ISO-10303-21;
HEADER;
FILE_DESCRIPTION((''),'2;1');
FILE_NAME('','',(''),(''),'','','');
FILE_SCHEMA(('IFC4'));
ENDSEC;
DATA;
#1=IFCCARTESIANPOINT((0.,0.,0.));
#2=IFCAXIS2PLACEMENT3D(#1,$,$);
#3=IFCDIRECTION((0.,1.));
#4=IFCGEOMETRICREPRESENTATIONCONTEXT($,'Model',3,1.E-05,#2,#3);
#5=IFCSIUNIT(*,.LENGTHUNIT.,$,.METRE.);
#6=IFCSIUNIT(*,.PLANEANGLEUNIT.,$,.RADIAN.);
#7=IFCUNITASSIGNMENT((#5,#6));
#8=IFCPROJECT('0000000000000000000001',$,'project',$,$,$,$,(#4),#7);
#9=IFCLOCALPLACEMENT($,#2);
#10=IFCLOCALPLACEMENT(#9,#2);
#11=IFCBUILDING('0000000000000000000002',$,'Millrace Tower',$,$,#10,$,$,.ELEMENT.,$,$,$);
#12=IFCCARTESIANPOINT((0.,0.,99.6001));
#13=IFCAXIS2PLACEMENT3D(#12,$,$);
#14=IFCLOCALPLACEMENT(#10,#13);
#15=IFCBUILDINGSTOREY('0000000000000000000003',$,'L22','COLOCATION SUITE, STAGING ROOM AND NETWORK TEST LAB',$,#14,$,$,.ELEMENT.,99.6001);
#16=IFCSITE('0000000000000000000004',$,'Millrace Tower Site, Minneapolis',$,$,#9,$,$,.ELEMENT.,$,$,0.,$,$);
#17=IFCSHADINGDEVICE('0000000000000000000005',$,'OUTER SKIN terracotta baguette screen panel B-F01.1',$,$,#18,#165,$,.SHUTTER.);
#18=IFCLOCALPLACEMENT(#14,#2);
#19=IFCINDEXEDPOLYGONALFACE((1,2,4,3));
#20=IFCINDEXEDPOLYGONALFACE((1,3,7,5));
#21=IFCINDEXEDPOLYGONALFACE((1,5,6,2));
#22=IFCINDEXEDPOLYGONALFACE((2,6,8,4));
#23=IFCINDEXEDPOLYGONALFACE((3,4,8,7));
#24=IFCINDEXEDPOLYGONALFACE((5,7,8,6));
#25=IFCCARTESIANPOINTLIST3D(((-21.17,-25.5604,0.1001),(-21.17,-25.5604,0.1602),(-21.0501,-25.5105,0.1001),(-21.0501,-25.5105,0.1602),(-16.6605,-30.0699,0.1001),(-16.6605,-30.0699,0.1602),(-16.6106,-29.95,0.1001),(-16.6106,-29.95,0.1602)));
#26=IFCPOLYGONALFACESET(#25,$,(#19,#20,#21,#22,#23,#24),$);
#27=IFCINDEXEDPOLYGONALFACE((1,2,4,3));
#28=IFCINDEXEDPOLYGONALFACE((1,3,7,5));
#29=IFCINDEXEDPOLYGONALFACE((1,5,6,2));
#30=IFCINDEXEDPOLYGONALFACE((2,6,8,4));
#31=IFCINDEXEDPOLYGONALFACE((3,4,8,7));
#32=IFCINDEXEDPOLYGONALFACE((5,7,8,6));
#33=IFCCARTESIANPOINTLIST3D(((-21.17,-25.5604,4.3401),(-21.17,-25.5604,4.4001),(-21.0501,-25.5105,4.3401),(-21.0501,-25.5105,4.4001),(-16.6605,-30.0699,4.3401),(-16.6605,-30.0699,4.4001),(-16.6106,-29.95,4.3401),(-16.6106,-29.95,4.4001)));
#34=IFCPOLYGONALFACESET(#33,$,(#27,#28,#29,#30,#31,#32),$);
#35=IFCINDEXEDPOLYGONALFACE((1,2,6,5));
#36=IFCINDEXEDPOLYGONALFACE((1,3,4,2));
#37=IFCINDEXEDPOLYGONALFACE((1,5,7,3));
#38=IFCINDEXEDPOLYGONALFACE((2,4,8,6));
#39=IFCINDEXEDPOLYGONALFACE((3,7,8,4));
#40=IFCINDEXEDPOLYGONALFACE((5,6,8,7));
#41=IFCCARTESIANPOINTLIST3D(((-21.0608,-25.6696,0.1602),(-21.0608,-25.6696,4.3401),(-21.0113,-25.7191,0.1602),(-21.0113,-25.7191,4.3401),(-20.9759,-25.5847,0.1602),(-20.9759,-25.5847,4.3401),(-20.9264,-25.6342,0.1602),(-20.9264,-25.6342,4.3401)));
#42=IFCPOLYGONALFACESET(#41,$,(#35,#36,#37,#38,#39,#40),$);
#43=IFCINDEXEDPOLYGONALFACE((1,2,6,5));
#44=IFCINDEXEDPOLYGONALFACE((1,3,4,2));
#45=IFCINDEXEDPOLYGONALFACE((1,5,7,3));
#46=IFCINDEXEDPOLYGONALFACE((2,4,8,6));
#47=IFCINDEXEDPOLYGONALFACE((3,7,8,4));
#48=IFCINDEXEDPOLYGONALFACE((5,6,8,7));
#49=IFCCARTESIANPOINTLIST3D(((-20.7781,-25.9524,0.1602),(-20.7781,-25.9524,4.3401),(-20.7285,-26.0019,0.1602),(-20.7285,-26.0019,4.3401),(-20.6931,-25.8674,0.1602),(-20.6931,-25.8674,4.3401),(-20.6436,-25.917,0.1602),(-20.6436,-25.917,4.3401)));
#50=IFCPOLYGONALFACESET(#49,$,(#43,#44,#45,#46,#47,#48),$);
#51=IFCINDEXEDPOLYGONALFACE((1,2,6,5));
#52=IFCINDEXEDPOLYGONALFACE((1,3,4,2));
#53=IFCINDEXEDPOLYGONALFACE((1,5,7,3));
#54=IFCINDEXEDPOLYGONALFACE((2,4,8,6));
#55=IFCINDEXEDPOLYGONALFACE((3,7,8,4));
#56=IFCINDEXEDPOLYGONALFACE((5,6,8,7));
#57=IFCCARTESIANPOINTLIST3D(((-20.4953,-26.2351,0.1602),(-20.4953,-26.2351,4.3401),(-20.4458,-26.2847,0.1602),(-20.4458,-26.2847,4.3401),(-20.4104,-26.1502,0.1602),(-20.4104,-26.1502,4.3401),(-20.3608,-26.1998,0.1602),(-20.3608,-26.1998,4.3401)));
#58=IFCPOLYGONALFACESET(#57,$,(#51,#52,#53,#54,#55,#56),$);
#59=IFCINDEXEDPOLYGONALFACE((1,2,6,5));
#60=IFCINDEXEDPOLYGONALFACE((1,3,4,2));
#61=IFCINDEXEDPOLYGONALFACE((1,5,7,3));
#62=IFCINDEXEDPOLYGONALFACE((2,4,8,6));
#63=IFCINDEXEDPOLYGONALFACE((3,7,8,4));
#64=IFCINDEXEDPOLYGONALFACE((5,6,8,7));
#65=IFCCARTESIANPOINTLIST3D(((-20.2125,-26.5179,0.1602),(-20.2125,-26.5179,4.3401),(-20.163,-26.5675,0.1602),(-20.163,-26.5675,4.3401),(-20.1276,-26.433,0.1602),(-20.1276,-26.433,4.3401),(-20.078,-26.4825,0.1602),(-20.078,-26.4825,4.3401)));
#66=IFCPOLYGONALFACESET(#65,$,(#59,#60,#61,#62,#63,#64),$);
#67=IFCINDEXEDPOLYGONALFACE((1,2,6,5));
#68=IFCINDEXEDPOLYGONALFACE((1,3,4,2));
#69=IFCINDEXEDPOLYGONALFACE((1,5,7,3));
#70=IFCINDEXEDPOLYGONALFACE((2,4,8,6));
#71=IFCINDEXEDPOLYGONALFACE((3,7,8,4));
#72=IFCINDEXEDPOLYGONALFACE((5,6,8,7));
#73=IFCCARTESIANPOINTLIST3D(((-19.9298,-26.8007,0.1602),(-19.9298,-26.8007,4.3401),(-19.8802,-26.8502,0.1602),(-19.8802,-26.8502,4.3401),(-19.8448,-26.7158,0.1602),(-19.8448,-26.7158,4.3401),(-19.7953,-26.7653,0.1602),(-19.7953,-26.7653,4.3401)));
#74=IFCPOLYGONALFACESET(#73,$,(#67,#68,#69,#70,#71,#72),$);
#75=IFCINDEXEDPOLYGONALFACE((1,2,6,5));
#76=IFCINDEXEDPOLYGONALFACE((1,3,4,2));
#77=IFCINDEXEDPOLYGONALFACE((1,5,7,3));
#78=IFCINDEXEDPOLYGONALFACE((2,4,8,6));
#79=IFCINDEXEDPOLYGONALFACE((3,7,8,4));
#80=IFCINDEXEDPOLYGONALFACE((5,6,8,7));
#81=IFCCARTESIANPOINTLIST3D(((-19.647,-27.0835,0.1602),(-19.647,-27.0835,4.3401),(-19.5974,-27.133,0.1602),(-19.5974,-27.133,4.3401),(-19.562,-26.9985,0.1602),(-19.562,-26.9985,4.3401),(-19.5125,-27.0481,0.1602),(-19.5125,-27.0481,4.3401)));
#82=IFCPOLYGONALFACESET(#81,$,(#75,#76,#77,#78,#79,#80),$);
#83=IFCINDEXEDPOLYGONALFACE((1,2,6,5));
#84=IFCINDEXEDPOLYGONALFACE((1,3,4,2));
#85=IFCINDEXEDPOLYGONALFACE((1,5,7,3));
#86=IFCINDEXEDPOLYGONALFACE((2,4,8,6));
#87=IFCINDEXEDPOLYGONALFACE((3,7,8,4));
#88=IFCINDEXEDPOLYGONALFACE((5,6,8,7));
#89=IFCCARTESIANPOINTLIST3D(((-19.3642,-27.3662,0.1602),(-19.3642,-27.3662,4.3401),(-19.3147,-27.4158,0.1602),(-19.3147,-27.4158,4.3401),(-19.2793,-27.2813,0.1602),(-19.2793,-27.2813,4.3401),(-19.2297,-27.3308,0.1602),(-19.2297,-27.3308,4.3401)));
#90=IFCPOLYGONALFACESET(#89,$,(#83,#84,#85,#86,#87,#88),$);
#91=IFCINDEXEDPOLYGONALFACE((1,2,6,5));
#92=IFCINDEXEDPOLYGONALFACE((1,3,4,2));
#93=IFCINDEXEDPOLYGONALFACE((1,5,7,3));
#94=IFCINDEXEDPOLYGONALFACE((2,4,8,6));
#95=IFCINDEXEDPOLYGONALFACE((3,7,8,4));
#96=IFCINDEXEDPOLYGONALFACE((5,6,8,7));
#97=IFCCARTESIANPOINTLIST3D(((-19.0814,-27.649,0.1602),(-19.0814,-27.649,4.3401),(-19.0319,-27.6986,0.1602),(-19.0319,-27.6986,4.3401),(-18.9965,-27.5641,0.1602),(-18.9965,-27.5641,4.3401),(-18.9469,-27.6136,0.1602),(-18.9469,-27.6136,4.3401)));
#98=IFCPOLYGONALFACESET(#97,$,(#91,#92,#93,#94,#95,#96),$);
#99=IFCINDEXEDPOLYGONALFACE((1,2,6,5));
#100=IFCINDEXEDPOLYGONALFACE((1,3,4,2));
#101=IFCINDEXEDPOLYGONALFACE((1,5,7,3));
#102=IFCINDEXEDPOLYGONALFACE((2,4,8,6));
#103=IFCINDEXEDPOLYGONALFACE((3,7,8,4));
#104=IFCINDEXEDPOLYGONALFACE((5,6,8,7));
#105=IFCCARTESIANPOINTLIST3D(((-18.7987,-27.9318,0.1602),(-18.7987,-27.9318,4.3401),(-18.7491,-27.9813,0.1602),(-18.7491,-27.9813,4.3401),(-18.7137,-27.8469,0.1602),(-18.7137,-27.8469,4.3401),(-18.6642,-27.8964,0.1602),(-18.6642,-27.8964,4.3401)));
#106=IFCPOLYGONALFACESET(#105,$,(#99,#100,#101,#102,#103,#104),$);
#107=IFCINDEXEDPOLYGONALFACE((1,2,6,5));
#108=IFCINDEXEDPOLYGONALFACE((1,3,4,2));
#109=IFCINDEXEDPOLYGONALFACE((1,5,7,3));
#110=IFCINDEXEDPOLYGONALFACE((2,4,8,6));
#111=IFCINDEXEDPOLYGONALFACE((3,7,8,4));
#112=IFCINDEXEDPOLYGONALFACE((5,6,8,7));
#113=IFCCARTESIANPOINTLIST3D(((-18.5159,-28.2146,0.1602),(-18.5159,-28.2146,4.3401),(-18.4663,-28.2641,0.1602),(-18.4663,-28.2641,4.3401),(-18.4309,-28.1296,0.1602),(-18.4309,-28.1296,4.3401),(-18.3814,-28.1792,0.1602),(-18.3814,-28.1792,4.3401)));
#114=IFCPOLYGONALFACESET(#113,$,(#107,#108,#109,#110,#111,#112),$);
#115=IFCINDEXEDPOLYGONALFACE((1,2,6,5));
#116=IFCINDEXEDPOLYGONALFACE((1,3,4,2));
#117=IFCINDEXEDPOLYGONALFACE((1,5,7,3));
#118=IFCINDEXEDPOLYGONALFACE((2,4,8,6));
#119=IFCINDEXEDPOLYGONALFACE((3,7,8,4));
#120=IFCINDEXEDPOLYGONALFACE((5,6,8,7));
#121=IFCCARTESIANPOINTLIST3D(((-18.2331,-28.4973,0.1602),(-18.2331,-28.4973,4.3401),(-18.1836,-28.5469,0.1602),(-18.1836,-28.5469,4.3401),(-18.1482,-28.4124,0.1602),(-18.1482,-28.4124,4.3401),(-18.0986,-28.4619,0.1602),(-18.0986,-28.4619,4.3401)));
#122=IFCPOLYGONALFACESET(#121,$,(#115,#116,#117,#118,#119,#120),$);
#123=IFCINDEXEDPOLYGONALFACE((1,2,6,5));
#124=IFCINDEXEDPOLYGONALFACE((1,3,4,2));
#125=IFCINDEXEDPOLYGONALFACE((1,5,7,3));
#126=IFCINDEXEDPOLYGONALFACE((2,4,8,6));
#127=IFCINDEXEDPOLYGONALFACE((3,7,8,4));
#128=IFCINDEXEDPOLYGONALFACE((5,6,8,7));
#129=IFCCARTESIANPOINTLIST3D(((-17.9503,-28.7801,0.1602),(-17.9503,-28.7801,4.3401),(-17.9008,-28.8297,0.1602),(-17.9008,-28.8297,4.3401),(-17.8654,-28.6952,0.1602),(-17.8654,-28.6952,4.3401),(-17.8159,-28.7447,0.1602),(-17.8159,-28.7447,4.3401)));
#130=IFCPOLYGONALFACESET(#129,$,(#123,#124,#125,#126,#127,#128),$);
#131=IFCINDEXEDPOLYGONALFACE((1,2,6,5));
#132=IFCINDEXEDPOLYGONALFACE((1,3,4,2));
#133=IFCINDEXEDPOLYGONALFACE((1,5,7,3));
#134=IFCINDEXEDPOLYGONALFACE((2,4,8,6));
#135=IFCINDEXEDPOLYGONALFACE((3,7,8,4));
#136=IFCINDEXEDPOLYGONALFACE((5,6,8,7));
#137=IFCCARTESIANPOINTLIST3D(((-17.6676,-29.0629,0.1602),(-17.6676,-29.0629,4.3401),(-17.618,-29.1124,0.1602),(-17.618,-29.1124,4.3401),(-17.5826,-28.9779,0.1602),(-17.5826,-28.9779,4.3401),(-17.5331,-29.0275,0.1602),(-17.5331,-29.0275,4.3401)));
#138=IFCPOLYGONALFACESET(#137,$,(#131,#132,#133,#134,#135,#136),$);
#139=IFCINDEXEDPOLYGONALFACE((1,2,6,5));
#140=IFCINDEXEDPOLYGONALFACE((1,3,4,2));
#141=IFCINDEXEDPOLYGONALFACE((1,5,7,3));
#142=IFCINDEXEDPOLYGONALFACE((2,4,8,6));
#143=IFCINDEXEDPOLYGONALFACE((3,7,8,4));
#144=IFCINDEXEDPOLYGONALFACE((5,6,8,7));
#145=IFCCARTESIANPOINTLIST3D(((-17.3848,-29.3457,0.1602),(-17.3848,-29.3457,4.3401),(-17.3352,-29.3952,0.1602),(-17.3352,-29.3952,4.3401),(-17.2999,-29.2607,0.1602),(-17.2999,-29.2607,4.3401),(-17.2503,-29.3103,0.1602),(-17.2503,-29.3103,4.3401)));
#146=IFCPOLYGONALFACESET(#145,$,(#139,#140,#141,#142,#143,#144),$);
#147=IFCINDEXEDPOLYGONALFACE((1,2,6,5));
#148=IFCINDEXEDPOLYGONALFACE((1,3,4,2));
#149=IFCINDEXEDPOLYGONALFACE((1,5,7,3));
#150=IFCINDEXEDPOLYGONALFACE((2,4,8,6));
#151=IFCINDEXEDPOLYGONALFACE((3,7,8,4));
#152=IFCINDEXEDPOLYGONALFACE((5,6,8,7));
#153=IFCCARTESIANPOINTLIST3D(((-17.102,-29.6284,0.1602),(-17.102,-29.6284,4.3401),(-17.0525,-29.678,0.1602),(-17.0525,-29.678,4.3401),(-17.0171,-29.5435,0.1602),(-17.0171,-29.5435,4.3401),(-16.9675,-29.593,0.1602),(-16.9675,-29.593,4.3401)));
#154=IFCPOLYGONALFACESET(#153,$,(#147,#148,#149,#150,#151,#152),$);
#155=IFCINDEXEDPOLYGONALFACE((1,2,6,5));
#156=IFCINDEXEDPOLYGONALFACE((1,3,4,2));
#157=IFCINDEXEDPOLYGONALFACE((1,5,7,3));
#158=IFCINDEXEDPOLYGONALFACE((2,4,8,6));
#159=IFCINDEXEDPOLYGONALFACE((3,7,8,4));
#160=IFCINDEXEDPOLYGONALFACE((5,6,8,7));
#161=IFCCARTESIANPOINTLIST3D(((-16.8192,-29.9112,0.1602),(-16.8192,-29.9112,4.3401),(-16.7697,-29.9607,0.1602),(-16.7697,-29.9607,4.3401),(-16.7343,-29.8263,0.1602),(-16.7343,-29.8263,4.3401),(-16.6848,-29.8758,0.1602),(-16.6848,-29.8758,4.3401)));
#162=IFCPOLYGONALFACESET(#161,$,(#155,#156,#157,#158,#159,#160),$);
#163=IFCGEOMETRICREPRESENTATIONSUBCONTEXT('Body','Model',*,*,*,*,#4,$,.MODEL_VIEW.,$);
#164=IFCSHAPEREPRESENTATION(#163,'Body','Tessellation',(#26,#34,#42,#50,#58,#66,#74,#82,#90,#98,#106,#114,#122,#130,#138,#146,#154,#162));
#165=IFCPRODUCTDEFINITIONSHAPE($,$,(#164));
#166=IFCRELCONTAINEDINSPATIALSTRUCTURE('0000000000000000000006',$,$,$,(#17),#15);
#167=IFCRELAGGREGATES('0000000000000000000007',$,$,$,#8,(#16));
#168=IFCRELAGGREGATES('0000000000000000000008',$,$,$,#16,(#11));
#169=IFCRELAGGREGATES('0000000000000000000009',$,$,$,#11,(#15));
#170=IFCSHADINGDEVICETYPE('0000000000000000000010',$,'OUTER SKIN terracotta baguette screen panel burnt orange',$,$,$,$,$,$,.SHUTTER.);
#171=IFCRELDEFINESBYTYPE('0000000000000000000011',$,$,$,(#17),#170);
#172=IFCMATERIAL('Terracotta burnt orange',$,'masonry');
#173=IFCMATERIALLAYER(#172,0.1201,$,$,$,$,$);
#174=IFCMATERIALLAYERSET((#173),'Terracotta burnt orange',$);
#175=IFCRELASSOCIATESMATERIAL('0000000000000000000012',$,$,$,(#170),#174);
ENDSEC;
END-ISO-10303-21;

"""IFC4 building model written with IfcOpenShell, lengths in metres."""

from ifc_helpers import new_model, entity, si_unit, direction, frame, frame_2d, origin, place, context, subcontext, project, spatial, rectangle, extrude, source, transform, mapped, material, layer, layer_set, type_object, element, save


model = new_model("IFC4")

# Units and contexts
model_context = context("Model", 3, precision=1e-05, world=origin(), true_north=direction((0.0, 1.0)))
body_context = subcontext(model_context, "Body", "Model", "MODEL_VIEW")
ifc_project = project(units=[si_unit("LENGTHUNIT", "METRE"), si_unit("PLANEANGLEUNIT", "RADIAN")], contexts=[model_context])

# Site, building, storey
site_placement = place(None, origin())
site = spatial("IfcSite", under=ifc_project, at=site_placement, Name="Millrace Tower Site, Minneapolis", CompositionType="ELEMENT", RefElevation=0.0)
building_placement = place(site_placement, origin())
building = spatial("IfcBuilding", under=site, at=building_placement, Name="Millrace Tower", CompositionType="ELEMENT")
storey_placement = place(building_placement, frame((0.0, 0.0, 99.6001)))
storey = spatial("IfcBuildingStorey", under=building, at=storey_placement, Name="L22", Description="COLOCATION SUITE, STAGING ROOM AND NETWORK TEST LAB", CompositionType="ELEMENT", Elevation=99.6001)

# Shading device
ifc_material_1 = material(Name="Terracotta burnt orange", Category="masonry")
ifc_layer_1 = layer(ifc_material_1, 0.1201)
ifc_layer_set_1 = layer_set([ifc_layer_1], Name="Terracotta burnt orange")
shading_device_type = type_object("IfcShadingDeviceType", Name="OUTER SKIN terracotta baguette screen panel burnt orange", PredefinedType="SHUTTER", material=ifc_layer_set_1)
cartesian_point_1 = entity("IfcCartesianPoint", [-3.1392, 0.0601])
shared_polyline_1 = entity("IfcPolyline", [cartesian_point_1, entity("IfcCartesianPoint", [3.1392, 0.0601]), entity("IfcCartesianPoint", [3.1887, -0.0601]), entity("IfcCartesianPoint", [-3.1887, -0.0601]), cartesian_point_1])
shared_shape_1 = source(origin(), body_context, "Body", "SweptSolid", [
    entity("IfcExtrudedAreaSolid", entity("IfcArbitraryClosedProfileDef", "AREA", None, shared_polyline_1), entity("IfcAxis2Placement3D", entity("IfcCartesianPoint", [0.0, 0.0, 0.0])), entity("IfcDirection", [0.0, 0.0, 1.0]), 0.0601),
    entity("IfcExtrudedAreaSolid", entity("IfcArbitraryClosedProfileDef", "AREA", None, shared_polyline_1), entity("IfcAxis2Placement3D", entity("IfcCartesianPoint", [0.0, 0.0, 4.24])), entity("IfcDirection", [0.0, 0.0, 1.0]), 0.0601),
    extrude(rectangle(XDim=0.0701, YDim=0.1201, at=frame_2d((-2.9993, 0.0))), frame((0.0, 0.0, 0.0601)), (0.0, 0.0, 1.0), 4.1799),
    extrude(rectangle(XDim=0.0701, YDim=0.1201, at=frame_2d((-2.5994, 0.0))), frame((0.0, 0.0, 0.0601)), (0.0, 0.0, 1.0), 4.1799),
    extrude(rectangle(XDim=0.0701, YDim=0.1201, at=frame_2d((-2.1995, 0.0))), frame((0.0, 0.0, 0.0601)), (0.0, 0.0, 1.0), 4.1799),
    extrude(rectangle(XDim=0.0701, YDim=0.1201, at=frame_2d((-1.7996, 0.0))), frame((0.0, 0.0, 0.0601)), (0.0, 0.0, 1.0), 4.1799),
    extrude(rectangle(XDim=0.0701, YDim=0.1201, at=frame_2d((-1.3997, 0.0))), frame((0.0, 0.0, 0.0601)), (0.0, 0.0, 1.0), 4.1799),
    extrude(rectangle(XDim=0.0701, YDim=0.1201, at=frame_2d((-0.9998, 0.0))), frame((0.0, 0.0, 0.0601)), (0.0, 0.0, 1.0), 4.1799),
    extrude(rectangle(XDim=0.0701, YDim=0.1201, at=frame_2d((-0.5999, 0.0))), frame((0.0, 0.0, 0.0601)), (0.0, 0.0, 1.0), 4.1799),
    extrude(rectangle(XDim=0.0701, YDim=0.1201, at=frame_2d((-0.2, 0.0))), frame((0.0, 0.0, 0.0601)), (0.0, 0.0, 1.0), 4.1799),
    extrude(rectangle(XDim=0.0701, YDim=0.1201, at=frame_2d((0.2, 0.0))), frame((0.0, 0.0, 0.0601)), (0.0, 0.0, 1.0), 4.1799),
    extrude(rectangle(XDim=0.0701, YDim=0.1201, at=frame_2d((0.5999, 0.0))), frame((0.0, 0.0, 0.0601)), (0.0, 0.0, 1.0), 4.1799),
    extrude(rectangle(XDim=0.0701, YDim=0.1201, at=frame_2d((0.9998, 0.0))), frame((0.0, 0.0, 0.0601)), (0.0, 0.0, 1.0), 4.1799),
    extrude(rectangle(XDim=0.0701, YDim=0.1201, at=frame_2d((1.3997, 0.0))), frame((0.0, 0.0, 0.0601)), (0.0, 0.0, 1.0), 4.1799),
    extrude(rectangle(XDim=0.0701, YDim=0.1201, at=frame_2d((1.7996, 0.0))), frame((0.0, 0.0, 0.0601)), (0.0, 0.0, 1.0), 4.1799),
    extrude(rectangle(XDim=0.0701, YDim=0.1201, at=frame_2d((2.1995, 0.0))), frame((0.0, 0.0, 0.0601)), (0.0, 0.0, 1.0), 4.1799),
    extrude(rectangle(XDim=0.0701, YDim=0.1201, at=frame_2d((2.5994, 0.0))), frame((0.0, 0.0, 0.0601)), (0.0, 0.0, 1.0), 4.1799),
    extrude(rectangle(XDim=0.0701, YDim=0.1201, at=frame_2d((2.9993, 0.0))), frame((0.0, 0.0, 0.0601)), (0.0, 0.0, 1.0), 4.1799),
])
shading_device_1_placement = place(storey_placement, frame((-18.8728, -27.7727, 0.1001), z_axis=(0.0, 0.0, 1.0), x_axis=(0.707107, -0.707107, 0.0)))
element("IfcShadingDevice", 1, at=shading_device_1_placement, inside=storey, type_object=shading_device_type, Name="OUTER SKIN terracotta baguette screen panel B-F01.1", PredefinedType="SHUTTER", context=body_context, shape_type="MappedRepresentation", body=[
    mapped(shared_shape_1, transform((0.0, 0.0, 0.0), scale=1.0)),
])

save(model, "model.ifc")
